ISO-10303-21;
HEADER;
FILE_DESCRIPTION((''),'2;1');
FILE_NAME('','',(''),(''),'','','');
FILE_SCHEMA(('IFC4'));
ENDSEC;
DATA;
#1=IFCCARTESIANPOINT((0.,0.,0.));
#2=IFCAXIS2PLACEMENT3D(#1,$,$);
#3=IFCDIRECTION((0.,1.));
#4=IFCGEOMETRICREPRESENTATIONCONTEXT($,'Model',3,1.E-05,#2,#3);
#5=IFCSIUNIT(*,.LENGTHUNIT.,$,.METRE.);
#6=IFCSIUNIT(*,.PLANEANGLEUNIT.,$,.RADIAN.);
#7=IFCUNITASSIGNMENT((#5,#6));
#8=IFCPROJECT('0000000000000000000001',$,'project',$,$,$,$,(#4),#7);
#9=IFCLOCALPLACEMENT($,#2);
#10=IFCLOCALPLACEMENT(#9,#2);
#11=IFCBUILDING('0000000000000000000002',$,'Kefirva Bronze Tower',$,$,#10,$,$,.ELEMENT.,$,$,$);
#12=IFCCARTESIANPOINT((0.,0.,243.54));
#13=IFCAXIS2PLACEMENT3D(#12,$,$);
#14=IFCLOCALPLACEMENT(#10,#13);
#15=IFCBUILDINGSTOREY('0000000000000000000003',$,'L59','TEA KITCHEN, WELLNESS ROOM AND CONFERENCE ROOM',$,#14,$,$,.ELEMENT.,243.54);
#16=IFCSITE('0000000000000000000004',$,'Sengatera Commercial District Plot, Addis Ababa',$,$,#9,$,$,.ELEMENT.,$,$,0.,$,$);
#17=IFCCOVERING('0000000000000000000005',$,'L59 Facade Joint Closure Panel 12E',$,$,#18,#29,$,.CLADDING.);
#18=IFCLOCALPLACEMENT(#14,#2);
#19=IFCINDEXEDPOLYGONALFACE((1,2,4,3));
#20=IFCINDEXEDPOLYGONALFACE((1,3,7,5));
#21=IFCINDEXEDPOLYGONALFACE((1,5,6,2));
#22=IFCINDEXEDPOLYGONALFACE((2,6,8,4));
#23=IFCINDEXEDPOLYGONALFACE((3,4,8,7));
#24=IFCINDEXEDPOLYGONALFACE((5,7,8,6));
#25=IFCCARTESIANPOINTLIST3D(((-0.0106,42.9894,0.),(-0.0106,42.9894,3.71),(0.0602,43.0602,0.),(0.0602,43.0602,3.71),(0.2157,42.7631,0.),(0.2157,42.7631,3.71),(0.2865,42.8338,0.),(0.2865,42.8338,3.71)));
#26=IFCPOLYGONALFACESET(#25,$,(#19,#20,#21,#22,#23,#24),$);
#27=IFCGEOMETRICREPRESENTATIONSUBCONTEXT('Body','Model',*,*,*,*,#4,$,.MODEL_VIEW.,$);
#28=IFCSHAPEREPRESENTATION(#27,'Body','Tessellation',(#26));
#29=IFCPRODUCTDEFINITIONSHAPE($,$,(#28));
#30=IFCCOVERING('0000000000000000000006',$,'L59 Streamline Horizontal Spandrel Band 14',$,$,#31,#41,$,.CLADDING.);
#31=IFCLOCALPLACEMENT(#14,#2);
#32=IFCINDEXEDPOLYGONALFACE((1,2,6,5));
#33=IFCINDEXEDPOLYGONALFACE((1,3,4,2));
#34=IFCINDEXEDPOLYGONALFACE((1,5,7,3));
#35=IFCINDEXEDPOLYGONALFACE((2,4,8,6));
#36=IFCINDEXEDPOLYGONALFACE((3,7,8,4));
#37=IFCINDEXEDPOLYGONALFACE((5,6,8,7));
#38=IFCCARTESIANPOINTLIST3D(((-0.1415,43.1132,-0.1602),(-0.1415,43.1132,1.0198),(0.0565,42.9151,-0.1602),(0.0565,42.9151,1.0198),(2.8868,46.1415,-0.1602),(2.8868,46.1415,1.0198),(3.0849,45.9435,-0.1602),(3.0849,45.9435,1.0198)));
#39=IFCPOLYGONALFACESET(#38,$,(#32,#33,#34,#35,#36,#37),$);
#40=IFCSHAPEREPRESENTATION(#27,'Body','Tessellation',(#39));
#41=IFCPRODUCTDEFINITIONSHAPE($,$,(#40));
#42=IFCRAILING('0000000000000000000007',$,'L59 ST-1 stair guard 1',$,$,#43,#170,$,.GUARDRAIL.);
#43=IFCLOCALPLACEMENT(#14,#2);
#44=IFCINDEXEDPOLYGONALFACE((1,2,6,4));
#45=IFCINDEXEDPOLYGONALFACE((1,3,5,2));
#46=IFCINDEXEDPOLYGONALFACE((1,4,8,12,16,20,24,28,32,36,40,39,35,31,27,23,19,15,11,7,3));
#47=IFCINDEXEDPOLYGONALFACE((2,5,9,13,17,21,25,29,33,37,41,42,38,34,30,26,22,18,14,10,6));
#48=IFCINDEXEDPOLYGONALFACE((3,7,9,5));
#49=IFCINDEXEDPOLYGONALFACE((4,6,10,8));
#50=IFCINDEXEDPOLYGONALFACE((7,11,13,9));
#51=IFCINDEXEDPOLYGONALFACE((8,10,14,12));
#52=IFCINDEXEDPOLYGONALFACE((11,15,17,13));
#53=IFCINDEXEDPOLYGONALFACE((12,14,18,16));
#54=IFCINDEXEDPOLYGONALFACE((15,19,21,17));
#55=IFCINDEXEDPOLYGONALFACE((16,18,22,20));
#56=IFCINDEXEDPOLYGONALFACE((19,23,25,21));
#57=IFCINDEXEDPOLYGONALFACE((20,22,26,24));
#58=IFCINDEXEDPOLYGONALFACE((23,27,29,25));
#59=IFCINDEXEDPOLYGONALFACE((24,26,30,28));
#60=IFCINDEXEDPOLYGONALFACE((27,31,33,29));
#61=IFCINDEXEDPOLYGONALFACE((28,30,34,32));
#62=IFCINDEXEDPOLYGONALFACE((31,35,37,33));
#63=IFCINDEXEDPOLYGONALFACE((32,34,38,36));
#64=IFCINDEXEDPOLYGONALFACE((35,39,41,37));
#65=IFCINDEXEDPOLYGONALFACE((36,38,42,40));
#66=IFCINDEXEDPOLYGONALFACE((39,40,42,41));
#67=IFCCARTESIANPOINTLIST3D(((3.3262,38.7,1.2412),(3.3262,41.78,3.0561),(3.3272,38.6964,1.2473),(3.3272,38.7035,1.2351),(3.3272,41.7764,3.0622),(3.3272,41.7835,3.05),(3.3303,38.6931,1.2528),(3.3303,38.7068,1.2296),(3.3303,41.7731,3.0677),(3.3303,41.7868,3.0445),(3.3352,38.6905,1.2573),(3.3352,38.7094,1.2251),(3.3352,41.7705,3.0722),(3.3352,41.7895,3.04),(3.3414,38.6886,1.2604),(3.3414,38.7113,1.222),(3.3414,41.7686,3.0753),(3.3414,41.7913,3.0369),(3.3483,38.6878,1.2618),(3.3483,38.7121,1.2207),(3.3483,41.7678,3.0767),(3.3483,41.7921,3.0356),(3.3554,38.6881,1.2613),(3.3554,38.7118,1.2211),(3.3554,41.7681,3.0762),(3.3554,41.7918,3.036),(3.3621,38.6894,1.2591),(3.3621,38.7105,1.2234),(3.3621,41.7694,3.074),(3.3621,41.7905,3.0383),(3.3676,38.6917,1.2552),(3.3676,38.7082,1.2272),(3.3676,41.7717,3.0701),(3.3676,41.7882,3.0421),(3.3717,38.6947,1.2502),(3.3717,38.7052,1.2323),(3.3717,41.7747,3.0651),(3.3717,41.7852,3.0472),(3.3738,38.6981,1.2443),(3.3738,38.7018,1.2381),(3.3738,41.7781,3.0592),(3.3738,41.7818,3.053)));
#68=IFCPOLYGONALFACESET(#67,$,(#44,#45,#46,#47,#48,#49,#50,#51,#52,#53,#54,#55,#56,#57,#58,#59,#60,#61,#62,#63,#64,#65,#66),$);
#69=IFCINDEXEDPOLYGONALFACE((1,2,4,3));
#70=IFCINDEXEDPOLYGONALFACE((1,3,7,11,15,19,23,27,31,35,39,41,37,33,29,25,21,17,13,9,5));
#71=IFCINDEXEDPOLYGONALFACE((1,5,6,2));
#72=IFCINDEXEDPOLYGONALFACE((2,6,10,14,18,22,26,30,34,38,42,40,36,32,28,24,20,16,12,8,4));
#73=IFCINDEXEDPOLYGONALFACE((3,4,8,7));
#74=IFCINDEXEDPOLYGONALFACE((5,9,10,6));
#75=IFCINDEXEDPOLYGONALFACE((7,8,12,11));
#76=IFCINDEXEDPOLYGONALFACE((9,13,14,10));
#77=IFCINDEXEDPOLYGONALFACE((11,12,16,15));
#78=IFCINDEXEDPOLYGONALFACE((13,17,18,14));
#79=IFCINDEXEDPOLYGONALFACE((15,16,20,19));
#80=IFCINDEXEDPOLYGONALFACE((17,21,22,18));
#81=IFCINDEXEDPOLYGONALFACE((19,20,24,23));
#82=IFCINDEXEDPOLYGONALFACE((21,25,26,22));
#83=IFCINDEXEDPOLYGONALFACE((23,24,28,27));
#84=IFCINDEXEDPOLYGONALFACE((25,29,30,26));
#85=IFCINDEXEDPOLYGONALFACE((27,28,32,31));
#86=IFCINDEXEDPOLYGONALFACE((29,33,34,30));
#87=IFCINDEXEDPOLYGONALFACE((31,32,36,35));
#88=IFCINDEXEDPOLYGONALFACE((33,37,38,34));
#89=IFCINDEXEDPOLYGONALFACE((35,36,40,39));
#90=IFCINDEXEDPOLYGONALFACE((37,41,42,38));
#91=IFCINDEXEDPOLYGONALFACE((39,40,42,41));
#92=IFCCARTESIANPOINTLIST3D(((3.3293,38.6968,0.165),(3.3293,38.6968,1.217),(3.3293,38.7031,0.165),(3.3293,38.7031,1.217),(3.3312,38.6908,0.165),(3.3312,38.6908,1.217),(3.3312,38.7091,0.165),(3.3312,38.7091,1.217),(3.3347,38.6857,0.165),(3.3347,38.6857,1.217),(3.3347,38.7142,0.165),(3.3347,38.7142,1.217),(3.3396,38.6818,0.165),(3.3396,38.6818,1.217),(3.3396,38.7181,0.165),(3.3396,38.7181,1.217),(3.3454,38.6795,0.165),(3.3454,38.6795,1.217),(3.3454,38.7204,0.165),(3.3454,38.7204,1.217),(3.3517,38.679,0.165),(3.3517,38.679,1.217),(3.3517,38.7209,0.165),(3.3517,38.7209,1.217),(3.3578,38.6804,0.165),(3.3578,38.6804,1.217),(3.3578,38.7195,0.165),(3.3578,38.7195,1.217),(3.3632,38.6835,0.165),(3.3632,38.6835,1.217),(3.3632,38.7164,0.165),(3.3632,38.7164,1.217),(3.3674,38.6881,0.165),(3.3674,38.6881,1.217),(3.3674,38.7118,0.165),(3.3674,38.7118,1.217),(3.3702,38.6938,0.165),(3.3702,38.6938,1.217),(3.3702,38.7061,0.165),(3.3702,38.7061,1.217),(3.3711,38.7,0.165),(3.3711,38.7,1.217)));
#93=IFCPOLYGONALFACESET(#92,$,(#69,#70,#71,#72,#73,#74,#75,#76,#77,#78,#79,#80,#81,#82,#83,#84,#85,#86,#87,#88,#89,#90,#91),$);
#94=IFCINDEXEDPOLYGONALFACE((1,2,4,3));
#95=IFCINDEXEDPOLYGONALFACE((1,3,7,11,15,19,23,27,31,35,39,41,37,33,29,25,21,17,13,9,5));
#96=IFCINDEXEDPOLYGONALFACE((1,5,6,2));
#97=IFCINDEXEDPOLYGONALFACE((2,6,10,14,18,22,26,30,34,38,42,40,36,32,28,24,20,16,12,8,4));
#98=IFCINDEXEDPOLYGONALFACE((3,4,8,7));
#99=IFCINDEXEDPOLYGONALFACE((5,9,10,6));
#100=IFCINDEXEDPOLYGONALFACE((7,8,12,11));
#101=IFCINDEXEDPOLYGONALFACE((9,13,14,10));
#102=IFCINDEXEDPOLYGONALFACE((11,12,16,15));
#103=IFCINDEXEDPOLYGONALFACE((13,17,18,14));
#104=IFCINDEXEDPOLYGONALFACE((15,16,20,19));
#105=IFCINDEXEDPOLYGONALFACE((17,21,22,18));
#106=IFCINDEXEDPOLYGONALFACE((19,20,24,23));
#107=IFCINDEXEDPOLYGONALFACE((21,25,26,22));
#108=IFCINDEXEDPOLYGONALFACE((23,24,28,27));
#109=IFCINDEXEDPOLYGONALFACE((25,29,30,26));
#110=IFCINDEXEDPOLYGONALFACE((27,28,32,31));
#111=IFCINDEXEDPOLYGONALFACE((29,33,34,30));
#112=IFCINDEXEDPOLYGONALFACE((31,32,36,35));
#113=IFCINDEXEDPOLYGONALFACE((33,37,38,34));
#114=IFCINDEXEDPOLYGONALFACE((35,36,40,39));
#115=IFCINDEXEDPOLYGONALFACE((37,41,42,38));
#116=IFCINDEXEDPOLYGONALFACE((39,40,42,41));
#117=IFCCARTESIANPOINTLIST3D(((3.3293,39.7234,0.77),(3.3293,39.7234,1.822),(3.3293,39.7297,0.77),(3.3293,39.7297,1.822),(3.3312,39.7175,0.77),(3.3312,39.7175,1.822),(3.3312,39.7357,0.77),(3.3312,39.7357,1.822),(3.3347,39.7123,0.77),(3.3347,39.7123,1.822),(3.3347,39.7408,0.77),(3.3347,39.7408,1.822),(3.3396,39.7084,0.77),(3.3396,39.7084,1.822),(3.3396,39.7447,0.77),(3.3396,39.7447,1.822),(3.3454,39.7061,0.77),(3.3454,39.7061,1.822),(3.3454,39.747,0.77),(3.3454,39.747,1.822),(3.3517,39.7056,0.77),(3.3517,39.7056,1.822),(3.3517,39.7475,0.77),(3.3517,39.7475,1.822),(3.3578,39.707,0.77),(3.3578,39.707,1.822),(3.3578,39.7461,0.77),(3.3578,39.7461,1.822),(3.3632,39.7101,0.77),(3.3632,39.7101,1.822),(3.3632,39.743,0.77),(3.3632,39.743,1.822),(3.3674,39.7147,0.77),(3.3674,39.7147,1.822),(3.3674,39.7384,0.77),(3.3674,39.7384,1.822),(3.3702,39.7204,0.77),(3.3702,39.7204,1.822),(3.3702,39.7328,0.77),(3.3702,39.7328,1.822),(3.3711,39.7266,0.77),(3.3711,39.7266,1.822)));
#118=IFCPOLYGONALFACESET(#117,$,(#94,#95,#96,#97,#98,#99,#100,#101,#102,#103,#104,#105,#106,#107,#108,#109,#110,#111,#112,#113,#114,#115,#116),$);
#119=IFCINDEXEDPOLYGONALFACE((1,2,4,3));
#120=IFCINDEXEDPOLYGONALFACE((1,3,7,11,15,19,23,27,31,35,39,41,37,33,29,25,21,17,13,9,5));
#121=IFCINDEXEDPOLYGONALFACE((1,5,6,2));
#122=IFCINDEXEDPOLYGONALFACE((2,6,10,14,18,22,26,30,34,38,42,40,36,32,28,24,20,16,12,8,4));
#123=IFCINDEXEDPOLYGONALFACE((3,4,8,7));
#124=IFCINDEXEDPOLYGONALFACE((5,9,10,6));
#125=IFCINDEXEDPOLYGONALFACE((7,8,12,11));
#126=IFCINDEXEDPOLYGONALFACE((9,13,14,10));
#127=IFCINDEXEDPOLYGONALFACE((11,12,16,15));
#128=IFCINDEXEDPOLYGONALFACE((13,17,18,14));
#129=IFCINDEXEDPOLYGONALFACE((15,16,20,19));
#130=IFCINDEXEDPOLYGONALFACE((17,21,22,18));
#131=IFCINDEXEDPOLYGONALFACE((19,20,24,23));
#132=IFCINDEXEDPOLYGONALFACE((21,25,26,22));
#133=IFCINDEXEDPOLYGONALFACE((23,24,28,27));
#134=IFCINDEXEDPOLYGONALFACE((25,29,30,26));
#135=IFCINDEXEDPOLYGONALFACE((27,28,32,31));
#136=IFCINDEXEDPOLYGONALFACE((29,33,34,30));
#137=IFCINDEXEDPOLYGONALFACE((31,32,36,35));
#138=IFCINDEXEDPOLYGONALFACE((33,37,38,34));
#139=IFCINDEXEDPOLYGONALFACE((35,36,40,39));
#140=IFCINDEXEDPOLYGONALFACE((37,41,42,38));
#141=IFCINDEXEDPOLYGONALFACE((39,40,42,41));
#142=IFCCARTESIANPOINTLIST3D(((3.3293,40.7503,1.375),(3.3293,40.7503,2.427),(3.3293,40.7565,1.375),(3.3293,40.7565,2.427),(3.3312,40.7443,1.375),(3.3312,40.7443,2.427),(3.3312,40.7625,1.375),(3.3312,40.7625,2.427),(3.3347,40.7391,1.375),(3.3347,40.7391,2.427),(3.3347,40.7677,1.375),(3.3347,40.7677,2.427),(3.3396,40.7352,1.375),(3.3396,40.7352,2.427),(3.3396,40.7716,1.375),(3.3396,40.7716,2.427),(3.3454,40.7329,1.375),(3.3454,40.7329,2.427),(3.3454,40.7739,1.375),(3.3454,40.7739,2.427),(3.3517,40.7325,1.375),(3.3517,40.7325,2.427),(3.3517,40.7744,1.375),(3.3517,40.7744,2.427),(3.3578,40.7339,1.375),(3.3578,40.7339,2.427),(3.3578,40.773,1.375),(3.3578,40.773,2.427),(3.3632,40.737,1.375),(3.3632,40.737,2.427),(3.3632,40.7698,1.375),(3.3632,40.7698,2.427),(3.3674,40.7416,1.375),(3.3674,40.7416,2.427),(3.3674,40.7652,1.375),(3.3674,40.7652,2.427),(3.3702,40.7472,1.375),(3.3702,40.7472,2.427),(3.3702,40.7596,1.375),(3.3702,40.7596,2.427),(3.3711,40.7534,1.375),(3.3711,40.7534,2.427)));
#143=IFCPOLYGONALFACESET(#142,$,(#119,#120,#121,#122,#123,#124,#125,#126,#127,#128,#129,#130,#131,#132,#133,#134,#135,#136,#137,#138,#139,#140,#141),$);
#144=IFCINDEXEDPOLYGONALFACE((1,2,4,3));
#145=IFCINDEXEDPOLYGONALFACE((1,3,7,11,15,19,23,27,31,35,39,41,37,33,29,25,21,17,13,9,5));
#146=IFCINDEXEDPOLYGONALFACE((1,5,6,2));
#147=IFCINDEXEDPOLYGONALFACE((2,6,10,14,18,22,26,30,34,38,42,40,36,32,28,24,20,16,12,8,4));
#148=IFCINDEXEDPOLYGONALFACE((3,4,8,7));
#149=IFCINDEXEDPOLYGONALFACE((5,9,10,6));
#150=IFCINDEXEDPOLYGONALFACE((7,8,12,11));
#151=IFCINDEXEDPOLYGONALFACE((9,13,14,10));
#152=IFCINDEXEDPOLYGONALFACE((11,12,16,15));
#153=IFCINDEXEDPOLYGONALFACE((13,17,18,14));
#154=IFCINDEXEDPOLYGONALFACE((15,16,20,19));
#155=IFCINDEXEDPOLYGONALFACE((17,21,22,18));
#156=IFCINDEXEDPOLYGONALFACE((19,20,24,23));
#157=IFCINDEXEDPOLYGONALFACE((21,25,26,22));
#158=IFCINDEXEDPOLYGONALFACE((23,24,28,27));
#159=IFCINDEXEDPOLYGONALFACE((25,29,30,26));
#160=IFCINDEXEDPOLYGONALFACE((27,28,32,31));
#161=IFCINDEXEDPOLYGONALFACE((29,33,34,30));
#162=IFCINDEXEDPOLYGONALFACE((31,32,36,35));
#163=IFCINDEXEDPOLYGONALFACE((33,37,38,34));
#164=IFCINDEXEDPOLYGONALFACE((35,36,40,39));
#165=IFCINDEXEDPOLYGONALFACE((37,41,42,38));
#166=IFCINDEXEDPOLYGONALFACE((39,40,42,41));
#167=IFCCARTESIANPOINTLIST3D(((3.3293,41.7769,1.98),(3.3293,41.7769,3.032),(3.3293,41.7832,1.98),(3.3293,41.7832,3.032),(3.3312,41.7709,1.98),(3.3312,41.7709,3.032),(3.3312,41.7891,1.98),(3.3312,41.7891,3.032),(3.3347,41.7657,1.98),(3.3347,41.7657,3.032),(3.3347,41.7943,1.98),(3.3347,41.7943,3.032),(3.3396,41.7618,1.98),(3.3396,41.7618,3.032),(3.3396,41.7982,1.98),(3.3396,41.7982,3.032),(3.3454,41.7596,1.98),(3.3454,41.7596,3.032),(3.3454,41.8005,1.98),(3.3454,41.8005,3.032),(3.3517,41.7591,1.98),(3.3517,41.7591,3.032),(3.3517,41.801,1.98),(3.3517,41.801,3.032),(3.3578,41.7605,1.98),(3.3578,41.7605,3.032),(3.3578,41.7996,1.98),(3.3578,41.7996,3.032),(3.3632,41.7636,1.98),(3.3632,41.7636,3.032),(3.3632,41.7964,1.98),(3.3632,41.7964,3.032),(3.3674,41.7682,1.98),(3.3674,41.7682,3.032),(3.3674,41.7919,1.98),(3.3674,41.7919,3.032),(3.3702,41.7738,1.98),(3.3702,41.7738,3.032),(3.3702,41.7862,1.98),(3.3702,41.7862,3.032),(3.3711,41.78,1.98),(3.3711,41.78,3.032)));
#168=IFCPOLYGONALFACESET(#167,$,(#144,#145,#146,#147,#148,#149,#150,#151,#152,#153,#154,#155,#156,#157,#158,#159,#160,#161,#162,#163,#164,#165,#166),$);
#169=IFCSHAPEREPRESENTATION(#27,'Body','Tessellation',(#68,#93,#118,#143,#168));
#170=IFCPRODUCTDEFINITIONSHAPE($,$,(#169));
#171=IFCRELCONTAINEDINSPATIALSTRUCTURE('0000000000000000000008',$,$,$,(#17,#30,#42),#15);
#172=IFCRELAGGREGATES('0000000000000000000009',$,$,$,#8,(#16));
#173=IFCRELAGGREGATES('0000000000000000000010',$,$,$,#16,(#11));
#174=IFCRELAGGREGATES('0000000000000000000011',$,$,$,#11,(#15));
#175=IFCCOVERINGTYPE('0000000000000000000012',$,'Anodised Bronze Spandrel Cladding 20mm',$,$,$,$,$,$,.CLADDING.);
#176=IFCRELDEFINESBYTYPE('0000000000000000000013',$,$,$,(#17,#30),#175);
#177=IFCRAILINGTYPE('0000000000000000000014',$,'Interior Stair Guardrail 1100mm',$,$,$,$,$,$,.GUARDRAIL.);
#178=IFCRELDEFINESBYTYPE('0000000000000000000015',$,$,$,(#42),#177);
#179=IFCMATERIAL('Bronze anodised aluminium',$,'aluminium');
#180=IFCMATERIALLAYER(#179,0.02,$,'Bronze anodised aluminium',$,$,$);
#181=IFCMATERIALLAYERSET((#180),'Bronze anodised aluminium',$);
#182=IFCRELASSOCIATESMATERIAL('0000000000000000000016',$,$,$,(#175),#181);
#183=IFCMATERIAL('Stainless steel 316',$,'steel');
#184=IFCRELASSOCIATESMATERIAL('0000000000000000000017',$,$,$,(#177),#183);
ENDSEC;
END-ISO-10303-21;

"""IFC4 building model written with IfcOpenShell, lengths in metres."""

from ifc_helpers import new_model, si_unit, direction, frame, origin, origin_2d, place, context, subcontext, project, spatial, rectangle, circle, extrude, material, layer, layer_set, type_object, element, save


model = new_model("IFC4")

# Units and contexts
model_context = context("Model", 3, precision=1e-05, world=origin(), true_north=direction((0.0, 1.0)))
body_context = subcontext(model_context, "Body", "Model", "MODEL_VIEW")
ifc_project = project(units=[si_unit("LENGTHUNIT", "METRE"), si_unit("PLANEANGLEUNIT", "RADIAN")], contexts=[model_context])

# Site, building, storey
site_placement = place(None, origin())
site = spatial("IfcSite", under=ifc_project, at=site_placement, Name="Sengatera Commercial District Plot, Addis Ababa", CompositionType="ELEMENT", RefElevation=0.0)
building_placement = place(site_placement, origin())
building = spatial("IfcBuilding", under=site, at=building_placement, Name="Kefirva Bronze Tower", CompositionType="ELEMENT")
storey_placement = place(building_placement, frame((0.0, 0.0, 243.54)))
storey = spatial("IfcBuildingStorey", under=building, at=storey_placement, Name="L59", Description="TEA KITCHEN, WELLNESS ROOM AND CONFERENCE ROOM", CompositionType="ELEMENT", Elevation=243.54)

# Coverings
ifc_material_1 = material(Name="Bronze anodised aluminium", Category="aluminium")
ifc_layer_1 = layer(ifc_material_1, 0.02, Name="Bronze anodised aluminium")
ifc_layer_set_1 = layer_set([ifc_layer_1], Name="Bronze anodised aluminium")
covering_type_1 = type_object("IfcCoveringType", Name="Anodised Bronze Spandrel Cladding 20mm", PredefinedType="CLADDING", material=ifc_layer_set_1)
for number, where, z_axis, x_axis, name in (
    (1, (0.1379, 42.9116, 0.0), (0.0, 0.0, 1.0), (-0.707107, -0.707107, 0.0), "L59 Facade Joint Closure Panel 12E"),
):
    element("IfcCovering", number, at=place(storey_placement, frame(where, z_axis=z_axis, x_axis=x_axis)), inside=storey, type_object=covering_type_1, Name=name, PredefinedType="CLADDING", context=body_context, shape_type="SweptSolid", body=[
        extrude(rectangle(XDim=0.1001, YDim=0.3201, at=origin_2d()), origin(), (0.0, 0.0, 1.0), 3.71),
    ])
covering_1_placement = place(storey_placement, frame((1.4717, 44.5283, -0.1602), z_axis=(0.0, 0.0, 1.0), x_axis=(-0.707107, -0.707107, 0.0)))
element("IfcCovering", 2, at=covering_1_placement, inside=storey, type_object=covering_type_1, Name="L59 Streamline Horizontal Spandrel Band 14", PredefinedType="CLADDING", context=body_context, shape_type="SweptSolid", body=[
    extrude(rectangle(XDim=4.2827, YDim=0.28, at=origin_2d()), origin(), (0.0, 0.0, 1.0), 1.1799),
])

# Railing
ifc_material_2 = material(Name="Stainless steel 316", Category="steel")
railing_type_1 = type_object("IfcRailingType", Name="Interior Stair Guardrail 1100mm", PredefinedType="GUARDRAIL", material=ifc_material_2)
railing_1_placement = place(storey_placement, frame((3.3501, 38.7, 0.165)))
element("IfcRailing", 3, at=railing_1_placement, inside=storey, type_object=railing_type_1, Name="L59 ST-1 stair guard 1", PredefinedType="GUARDRAIL", context=body_context, shape_type="SweptSolid", body=[
    extrude(circle(Radius=0.0239, at=origin_2d()), frame((0.0, 0.0, 1.0762), z_axis=(0.0, 0.861551, 0.507671), x_axis=(-1.0, 0.0, 0.0)), (0.0, 0.0, 1.0), 3.575),
    extrude(circle(Radius=0.021, at=origin_2d()), origin(), (0.0, 0.0, 1.0), 1.052),
    extrude(circle(Radius=0.021, at=origin_2d()), frame((0.0, 1.0266, 0.605)), (0.0, 0.0, 1.0), 1.052),
    extrude(circle(Radius=0.021, at=origin_2d()), frame((0.0, 2.0535, 1.21)), (0.0, 0.0, 1.0), 1.052),
    extrude(circle(Radius=0.021, at=origin_2d()), frame((0.0, 3.0801, 1.8149)), (0.0, 0.0, 1.0), 1.052),
])

save(model, "model.ifc")
